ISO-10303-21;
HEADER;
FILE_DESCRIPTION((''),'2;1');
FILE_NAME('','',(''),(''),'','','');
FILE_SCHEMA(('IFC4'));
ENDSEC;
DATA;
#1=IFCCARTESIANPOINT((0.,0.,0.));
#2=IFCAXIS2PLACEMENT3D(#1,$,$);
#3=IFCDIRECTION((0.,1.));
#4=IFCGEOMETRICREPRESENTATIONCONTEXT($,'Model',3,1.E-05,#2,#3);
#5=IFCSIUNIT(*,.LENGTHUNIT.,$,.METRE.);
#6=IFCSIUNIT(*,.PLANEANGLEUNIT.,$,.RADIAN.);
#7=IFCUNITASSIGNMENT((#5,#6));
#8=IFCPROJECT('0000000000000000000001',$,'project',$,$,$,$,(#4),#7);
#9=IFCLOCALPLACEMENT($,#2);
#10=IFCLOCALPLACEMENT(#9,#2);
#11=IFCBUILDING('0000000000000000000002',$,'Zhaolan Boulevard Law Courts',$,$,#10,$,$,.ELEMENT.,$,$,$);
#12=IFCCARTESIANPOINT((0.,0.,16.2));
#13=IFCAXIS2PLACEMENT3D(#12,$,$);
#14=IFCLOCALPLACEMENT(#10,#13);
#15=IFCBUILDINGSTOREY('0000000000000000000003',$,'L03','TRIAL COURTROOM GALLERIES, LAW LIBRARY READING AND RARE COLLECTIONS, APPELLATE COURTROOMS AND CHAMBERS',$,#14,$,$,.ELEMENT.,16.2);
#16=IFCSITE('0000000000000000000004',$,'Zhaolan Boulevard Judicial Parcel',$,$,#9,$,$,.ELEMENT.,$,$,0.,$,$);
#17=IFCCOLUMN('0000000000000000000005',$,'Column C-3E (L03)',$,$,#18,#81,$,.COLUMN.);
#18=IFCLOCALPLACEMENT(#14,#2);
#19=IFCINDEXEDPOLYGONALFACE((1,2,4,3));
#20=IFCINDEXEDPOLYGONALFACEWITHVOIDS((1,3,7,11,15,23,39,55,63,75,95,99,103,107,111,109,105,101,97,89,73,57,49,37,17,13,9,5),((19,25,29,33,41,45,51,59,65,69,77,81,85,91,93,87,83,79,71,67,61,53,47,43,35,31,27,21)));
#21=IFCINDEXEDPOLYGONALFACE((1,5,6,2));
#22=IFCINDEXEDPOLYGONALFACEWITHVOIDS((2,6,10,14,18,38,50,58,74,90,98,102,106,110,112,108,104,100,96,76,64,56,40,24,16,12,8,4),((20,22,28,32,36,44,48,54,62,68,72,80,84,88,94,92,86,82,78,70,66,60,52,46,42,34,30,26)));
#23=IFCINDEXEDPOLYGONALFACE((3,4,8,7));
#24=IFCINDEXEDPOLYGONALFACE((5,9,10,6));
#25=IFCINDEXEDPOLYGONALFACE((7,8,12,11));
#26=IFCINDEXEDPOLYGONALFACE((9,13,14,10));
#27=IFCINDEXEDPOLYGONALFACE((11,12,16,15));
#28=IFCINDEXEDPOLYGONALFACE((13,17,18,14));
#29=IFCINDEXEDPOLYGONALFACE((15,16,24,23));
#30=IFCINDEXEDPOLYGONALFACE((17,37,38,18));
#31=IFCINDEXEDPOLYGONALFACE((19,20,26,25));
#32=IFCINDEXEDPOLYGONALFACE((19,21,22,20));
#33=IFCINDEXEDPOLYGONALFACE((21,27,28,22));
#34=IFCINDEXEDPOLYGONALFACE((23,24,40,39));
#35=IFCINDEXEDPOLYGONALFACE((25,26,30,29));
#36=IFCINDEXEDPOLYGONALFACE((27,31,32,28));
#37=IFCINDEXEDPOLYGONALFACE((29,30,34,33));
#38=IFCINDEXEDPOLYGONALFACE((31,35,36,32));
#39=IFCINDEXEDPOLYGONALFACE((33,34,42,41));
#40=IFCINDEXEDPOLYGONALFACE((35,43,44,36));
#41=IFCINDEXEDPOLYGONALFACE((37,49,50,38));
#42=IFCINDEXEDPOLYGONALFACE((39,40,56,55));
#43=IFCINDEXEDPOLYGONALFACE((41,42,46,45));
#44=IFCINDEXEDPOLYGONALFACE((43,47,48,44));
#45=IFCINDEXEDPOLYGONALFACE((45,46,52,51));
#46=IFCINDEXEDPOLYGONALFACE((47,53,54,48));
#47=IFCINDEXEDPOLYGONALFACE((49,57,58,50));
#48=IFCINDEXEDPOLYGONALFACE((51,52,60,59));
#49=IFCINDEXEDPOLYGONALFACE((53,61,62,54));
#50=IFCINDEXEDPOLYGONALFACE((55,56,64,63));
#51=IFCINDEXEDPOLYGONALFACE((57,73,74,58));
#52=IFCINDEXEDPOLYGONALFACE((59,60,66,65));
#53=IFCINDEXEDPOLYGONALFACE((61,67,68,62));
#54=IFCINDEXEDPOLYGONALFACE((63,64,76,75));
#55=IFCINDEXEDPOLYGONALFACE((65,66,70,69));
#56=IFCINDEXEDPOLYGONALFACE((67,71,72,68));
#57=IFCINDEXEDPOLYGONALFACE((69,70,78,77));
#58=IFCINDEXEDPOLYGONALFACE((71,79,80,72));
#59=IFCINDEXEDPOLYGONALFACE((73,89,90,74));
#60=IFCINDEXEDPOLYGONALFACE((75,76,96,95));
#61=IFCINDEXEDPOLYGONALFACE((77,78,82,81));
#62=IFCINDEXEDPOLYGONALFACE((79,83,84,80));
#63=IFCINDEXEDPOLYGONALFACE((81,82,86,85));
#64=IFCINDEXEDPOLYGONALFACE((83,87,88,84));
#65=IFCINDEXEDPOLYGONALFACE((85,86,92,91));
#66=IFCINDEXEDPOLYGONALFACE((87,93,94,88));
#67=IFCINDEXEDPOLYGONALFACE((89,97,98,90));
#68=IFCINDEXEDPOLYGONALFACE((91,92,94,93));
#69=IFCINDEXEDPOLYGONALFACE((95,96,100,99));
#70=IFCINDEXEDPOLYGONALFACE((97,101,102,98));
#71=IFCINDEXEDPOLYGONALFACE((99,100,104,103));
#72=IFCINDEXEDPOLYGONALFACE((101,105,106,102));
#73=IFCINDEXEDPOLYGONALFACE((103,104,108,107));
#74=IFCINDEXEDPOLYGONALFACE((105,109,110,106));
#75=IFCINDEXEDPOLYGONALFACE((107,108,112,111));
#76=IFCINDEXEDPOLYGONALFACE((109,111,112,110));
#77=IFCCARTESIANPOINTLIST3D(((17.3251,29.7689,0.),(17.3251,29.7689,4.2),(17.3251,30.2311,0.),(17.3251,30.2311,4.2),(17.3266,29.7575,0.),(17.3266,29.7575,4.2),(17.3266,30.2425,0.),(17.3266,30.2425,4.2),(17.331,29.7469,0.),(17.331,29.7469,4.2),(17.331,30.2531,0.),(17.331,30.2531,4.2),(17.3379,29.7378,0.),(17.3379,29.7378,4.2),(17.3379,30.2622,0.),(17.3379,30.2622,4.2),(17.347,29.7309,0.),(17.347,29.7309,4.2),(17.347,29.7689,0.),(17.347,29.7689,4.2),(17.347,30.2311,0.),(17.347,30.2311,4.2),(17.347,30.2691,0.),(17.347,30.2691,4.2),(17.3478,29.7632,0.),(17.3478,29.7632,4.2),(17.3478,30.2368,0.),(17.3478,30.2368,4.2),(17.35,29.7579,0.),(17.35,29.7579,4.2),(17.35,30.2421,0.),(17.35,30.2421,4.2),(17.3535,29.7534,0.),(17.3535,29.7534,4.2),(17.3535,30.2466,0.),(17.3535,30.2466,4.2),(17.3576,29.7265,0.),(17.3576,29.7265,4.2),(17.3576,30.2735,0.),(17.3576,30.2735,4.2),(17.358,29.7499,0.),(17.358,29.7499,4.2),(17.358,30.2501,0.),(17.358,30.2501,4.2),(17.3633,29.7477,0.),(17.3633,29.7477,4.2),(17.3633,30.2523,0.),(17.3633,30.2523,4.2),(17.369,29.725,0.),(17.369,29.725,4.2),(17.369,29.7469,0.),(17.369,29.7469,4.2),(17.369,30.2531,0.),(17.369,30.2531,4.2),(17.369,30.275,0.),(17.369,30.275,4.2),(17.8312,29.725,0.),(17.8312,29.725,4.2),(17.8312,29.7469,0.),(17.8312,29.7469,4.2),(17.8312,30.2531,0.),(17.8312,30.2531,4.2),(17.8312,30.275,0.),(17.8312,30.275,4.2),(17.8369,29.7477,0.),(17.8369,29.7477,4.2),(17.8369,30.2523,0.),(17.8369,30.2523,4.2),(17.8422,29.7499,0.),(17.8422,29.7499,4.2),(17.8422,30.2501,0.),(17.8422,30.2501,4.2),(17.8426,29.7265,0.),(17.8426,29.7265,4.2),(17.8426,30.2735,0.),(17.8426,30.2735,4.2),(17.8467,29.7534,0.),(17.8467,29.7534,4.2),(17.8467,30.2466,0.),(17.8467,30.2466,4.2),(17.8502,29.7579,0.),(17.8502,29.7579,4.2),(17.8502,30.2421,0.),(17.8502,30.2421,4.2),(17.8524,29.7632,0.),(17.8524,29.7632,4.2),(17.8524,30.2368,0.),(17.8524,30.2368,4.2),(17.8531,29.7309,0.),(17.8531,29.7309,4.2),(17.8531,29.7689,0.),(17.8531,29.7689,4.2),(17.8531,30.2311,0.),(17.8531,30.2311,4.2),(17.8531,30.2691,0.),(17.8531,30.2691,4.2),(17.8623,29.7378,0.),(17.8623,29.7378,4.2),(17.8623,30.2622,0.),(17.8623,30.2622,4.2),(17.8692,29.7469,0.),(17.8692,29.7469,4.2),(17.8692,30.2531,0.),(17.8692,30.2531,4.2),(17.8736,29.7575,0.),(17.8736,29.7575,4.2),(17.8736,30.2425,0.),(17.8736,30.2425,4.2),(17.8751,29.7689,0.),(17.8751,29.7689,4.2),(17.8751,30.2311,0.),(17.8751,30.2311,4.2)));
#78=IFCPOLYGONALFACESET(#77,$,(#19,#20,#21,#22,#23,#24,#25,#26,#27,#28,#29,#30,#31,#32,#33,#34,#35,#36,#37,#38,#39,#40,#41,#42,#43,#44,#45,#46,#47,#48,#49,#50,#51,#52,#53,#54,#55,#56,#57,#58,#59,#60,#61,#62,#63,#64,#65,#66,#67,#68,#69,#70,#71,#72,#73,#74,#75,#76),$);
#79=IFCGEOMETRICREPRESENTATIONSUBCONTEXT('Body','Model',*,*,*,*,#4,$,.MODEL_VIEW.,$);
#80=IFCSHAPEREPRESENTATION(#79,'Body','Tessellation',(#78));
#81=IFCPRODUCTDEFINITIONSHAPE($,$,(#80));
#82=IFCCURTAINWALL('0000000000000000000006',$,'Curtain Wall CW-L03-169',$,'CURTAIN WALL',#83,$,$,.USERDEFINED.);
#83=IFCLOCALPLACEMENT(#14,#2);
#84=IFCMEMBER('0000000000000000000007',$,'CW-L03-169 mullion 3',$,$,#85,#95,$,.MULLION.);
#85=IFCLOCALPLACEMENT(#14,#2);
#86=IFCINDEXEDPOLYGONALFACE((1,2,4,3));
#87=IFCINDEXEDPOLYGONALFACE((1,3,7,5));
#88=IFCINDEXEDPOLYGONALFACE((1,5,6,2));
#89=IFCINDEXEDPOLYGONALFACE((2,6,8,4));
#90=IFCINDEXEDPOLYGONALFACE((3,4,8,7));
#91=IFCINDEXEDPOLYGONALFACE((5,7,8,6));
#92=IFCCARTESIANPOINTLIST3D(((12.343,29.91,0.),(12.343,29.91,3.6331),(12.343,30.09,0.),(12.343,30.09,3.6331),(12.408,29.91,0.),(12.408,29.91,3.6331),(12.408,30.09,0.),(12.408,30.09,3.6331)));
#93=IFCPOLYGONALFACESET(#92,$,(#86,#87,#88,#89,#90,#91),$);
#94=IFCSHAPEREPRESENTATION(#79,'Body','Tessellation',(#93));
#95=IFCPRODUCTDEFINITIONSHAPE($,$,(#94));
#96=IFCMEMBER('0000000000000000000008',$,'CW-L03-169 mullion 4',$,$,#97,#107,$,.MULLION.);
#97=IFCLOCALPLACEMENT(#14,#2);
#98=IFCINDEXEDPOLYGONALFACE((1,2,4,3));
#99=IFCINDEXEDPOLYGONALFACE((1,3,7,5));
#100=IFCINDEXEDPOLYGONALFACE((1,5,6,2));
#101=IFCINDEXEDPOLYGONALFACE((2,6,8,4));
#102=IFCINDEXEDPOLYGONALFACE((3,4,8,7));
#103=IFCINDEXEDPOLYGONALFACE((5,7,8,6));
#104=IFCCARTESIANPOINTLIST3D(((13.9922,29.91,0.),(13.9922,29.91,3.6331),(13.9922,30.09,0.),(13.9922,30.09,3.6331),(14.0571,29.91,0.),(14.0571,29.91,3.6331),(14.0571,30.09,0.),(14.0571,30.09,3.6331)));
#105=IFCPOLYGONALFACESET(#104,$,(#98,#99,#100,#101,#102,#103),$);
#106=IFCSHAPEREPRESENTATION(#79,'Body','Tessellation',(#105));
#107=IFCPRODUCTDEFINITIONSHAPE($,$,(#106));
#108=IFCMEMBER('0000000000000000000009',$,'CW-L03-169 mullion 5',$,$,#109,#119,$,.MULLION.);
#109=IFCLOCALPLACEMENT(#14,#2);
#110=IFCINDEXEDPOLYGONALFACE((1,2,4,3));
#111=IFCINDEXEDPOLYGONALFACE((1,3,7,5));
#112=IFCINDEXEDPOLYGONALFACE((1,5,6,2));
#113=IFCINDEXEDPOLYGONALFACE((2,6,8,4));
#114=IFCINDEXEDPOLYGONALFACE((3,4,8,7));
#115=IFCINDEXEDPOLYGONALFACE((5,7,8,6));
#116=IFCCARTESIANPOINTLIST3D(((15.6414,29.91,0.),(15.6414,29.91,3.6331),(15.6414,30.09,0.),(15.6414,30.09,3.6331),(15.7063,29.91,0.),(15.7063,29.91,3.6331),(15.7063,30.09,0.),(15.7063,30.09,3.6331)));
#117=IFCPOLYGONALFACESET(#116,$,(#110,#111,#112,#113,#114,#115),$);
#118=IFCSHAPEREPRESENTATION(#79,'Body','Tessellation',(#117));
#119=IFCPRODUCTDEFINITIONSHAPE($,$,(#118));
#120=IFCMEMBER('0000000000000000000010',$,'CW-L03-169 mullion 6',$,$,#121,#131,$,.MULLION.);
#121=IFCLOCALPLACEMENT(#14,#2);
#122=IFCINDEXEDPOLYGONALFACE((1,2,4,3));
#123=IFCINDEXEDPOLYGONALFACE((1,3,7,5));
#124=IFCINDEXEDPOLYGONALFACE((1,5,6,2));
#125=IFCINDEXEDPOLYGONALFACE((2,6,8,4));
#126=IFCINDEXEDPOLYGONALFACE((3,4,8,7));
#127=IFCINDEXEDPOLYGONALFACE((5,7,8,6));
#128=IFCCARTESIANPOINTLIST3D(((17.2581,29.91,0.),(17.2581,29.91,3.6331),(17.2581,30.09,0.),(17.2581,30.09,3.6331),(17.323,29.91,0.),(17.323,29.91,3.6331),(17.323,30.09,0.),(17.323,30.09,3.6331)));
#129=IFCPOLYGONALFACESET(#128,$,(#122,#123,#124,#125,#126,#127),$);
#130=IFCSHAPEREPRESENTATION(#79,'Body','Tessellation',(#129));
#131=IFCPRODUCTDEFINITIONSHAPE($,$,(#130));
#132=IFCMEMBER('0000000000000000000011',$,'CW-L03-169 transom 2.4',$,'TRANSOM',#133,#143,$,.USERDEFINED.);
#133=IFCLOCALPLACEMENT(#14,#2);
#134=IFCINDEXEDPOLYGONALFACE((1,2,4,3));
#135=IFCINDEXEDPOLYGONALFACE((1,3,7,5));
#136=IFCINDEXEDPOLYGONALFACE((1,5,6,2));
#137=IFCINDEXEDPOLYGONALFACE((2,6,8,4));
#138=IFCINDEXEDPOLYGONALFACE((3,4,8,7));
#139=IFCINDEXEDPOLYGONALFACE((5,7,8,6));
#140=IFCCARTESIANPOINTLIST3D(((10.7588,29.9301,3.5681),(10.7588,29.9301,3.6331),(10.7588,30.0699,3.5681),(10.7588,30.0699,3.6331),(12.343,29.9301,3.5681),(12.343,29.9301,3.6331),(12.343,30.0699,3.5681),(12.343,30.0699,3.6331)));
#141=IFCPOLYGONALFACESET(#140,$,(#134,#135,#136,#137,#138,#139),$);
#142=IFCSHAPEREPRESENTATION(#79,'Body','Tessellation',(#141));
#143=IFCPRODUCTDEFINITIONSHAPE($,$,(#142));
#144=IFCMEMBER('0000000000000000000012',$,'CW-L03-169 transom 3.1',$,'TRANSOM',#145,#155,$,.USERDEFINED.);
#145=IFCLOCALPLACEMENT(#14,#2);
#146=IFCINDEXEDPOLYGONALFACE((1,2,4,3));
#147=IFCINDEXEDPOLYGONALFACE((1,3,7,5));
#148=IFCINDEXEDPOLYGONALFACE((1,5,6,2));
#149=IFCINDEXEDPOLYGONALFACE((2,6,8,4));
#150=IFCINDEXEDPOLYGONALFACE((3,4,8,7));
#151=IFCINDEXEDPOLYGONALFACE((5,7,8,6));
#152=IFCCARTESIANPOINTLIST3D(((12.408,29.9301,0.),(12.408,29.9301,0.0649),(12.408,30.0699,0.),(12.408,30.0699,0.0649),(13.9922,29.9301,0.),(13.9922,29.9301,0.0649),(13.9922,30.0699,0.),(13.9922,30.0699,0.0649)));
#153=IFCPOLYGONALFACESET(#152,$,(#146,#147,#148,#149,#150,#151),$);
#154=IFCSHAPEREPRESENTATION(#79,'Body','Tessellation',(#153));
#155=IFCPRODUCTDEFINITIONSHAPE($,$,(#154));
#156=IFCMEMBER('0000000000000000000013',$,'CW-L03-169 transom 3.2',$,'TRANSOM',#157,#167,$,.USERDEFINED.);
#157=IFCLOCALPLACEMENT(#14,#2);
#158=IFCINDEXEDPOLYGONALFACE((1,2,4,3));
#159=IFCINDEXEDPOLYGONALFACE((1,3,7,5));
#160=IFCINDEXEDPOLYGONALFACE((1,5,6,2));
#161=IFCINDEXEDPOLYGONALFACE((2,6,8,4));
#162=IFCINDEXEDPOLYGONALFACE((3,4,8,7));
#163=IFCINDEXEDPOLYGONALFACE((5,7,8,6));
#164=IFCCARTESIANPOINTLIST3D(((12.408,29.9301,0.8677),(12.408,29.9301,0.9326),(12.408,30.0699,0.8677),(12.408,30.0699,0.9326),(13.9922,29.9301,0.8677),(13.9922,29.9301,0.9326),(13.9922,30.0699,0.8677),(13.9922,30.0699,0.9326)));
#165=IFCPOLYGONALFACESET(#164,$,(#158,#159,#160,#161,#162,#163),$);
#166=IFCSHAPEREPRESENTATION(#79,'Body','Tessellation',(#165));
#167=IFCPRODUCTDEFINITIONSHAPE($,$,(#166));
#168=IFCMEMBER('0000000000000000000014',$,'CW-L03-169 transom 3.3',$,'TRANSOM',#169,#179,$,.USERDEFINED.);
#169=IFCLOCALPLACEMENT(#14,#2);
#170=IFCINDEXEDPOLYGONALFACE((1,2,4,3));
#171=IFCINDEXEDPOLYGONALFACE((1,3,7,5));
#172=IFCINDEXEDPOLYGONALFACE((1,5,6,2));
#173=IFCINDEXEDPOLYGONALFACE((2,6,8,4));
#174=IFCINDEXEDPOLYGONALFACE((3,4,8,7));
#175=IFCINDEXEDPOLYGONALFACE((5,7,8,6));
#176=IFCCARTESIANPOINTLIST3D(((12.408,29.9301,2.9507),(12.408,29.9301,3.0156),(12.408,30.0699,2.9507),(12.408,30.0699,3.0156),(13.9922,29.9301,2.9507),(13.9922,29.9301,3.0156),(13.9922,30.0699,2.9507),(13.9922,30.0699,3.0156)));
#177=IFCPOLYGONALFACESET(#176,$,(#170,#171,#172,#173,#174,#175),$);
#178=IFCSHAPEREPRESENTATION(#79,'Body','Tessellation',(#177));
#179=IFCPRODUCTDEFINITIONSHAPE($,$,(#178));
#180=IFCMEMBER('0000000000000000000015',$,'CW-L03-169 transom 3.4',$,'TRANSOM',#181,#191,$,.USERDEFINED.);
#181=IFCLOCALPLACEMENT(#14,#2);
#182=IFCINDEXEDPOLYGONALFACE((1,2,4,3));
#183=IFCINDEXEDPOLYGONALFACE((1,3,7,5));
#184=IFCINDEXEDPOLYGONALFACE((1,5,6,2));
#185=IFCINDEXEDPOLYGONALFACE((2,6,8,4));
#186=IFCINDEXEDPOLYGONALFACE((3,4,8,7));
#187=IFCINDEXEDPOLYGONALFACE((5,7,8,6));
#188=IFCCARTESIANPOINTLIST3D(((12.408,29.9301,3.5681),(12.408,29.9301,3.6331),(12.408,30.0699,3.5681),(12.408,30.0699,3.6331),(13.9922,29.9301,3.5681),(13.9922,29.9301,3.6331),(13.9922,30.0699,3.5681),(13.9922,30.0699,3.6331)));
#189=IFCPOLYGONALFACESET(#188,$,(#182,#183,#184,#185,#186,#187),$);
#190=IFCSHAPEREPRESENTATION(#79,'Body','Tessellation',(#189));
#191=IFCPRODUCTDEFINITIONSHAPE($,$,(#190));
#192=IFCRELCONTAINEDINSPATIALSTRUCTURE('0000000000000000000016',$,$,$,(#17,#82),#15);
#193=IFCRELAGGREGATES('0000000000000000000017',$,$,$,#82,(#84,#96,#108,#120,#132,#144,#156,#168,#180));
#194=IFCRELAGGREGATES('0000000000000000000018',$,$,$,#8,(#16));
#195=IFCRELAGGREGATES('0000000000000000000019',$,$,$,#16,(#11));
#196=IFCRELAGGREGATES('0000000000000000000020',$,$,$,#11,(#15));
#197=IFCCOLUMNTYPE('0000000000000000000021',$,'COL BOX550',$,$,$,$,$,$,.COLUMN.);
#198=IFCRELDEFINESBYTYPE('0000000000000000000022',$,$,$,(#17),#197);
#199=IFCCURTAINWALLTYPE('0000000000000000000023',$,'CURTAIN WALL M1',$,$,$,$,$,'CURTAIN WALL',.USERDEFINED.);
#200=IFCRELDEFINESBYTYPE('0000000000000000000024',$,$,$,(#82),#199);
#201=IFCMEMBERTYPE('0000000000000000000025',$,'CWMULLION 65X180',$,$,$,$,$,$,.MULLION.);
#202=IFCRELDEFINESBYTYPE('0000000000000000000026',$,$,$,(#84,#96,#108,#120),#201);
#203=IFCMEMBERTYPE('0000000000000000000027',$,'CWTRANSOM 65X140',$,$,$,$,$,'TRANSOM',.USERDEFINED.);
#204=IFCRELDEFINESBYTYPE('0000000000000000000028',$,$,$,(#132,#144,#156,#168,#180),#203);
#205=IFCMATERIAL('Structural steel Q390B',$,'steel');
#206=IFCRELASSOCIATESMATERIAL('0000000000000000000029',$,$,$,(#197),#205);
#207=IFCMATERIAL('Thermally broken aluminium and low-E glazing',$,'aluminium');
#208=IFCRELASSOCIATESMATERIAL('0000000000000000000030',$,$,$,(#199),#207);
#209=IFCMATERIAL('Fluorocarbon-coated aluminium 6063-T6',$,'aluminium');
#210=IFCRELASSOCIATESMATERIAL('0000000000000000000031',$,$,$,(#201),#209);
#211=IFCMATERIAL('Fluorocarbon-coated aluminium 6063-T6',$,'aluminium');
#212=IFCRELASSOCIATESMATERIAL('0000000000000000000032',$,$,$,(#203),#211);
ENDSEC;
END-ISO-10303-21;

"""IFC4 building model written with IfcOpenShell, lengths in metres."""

from ifc_helpers import new_model, si_unit, direction, frame, origin, origin_2d, place, context, subcontext, project, spatial, rectangle, hollow_rectangle, extrude, material, material_profile, profile_set, type_object, element, aggregate, save


model = new_model("IFC4")

# Units and contexts
model_context = context("Model", 3, precision=1e-05, world=origin(), true_north=direction((0.0, 1.0)))
body_context = subcontext(model_context, "Body", "Model", "MODEL_VIEW")
ifc_project = project(units=[si_unit("LENGTHUNIT", "METRE"), si_unit("PLANEANGLEUNIT", "RADIAN")], contexts=[model_context])

# Site, building, storey
site_placement = place(None, origin())
site = spatial("IfcSite", under=ifc_project, at=site_placement, Name="Zhaolan Boulevard Judicial Parcel", CompositionType="ELEMENT", RefElevation=0.0)
building_placement = place(site_placement, origin())
building = spatial("IfcBuilding", under=site, at=building_placement, Name="Zhaolan Boulevard Law Courts", CompositionType="ELEMENT")
storey_placement = place(building_placement, frame((0.0, 0.0, 16.2)))
storey = spatial("IfcBuildingStorey", under=building, at=storey_placement, Name="L03", Description="TRIAL COURTROOM GALLERIES, LAW LIBRARY READING AND RARE COLLECTIONS, APPELLATE COURTROOMS AND CHAMBERS", CompositionType="ELEMENT", Elevation=16.2)

# Column
ifc_material_1 = material(Name="Structural steel Q390B", Category="steel")
ifc_material_profile_1 = material_profile(ifc_material_1, hollow_rectangle(XDim=0.55, YDim=0.55, WallThickness=0.022, InnerFilletRadius=0.022, OuterFilletRadius=0.0439, at=origin_2d()), Name="BOX550x550x22")
ifc_profile_set_1 = profile_set([ifc_material_profile_1], Name="Structural steel Q390B")
column_type = type_object("IfcColumnType", Name="COL BOX550", PredefinedType="COLUMN", material=ifc_profile_set_1)
column_placement = place(storey_placement, frame((17.6001, 30.0, 0.0), z_axis=(0.0, 0.0, 1.0), x_axis=(1.0, 0.0, 0.0)))
element("IfcColumn", 1, at=column_placement, inside=storey, type_object=column_type, Name="Column C-3E (L03)", PredefinedType="COLUMN", context=body_context, shape_type="SweptSolid", body=[
    extrude(hollow_rectangle(XDim=0.55, YDim=0.55, WallThickness=0.022, InnerFilletRadius=0.022, OuterFilletRadius=0.0439, at=origin_2d()), origin(), (0.0, 0.0, 1.0), 4.2),
])

# Curtain wall, members
ifc_material_2 = material(Name="Thermally broken aluminium and low-E glazing", Category="aluminium")
curtain_wall_type = type_object("IfcCurtainWallType", Name="CURTAIN WALL M1", ElementType="CURTAIN WALL", PredefinedType="USERDEFINED", material=ifc_material_2)
curtain_wall_placement = place(storey_placement, origin())
curtain_wall = element("IfcCurtainWall", 2, at=curtain_wall_placement, inside=storey, type_object=curtain_wall_type, Name="Curtain Wall CW-L03-169", ObjectType="CURTAIN WALL", PredefinedType="USERDEFINED")
ifc_material_3 = material(Name="Fluorocarbon-coated aluminium 6063-T6", Category="aluminium")
ifc_material_profile_2 = material_profile(ifc_material_3, rectangle(XDim=0.1799, YDim=0.0649, at=origin_2d()), Name="AL65x180")
ifc_profile_set_2 = profile_set([ifc_material_profile_2], Name="Fluorocarbon-coated aluminium 6063-T6")
member_type_1 = type_object("IfcMemberType", Name="CWMULLION 65X180", PredefinedType="MULLION", material=ifc_profile_set_2)
member_1_placement = place(storey_placement, frame((12.3755, 30.0, 0.0), z_axis=(0.0, 0.0, 1.0), x_axis=(0.0, 1.0, 0.0)))
member_1 = element("IfcMember", 3, at=member_1_placement, type_object=member_type_1, Name="CW-L03-169 mullion 3", PredefinedType="MULLION", context=body_context, shape_type="SweptSolid", body=[
    extrude(rectangle(XDim=0.1799, YDim=0.0649, at=origin_2d()), origin(), (0.0, 0.0, 1.0), 3.6331),
])
member_2_placement = place(storey_placement, frame((14.0247, 30.0, 0.0), z_axis=(0.0, 0.0, 1.0), x_axis=(0.0, 1.0, 0.0)))
member_2 = element("IfcMember", 4, at=member_2_placement, type_object=member_type_1, Name="CW-L03-169 mullion 4", PredefinedType="MULLION", context=body_context, shape_type="SweptSolid", body=[
    extrude(rectangle(XDim=0.1799, YDim=0.0649, at=origin_2d()), origin(), (0.0, 0.0, 1.0), 3.6331),
])
member_3_placement = place(storey_placement, frame((15.6738, 30.0, 0.0), z_axis=(0.0, 0.0, 1.0), x_axis=(0.0, 1.0, 0.0)))
member_3 = element("IfcMember", 5, at=member_3_placement, type_object=member_type_1, Name="CW-L03-169 mullion 5", PredefinedType="MULLION", context=body_context, shape_type="SweptSolid", body=[
    extrude(rectangle(XDim=0.1799, YDim=0.0649, at=origin_2d()), origin(), (0.0, 0.0, 1.0), 3.6331),
])
member_4_placement = place(storey_placement, frame((17.2905, 30.0, 0.0), z_axis=(0.0, 0.0, 1.0), x_axis=(0.0, 1.0, 0.0)))
member_4 = element("IfcMember", 6, at=member_4_placement, type_object=member_type_1, Name="CW-L03-169 mullion 6", PredefinedType="MULLION", context=body_context, shape_type="SweptSolid", body=[
    extrude(rectangle(XDim=0.1799, YDim=0.0649, at=origin_2d()), origin(), (0.0, 0.0, 1.0), 3.6331),
])
ifc_material_4 = material(Name="Fluorocarbon-coated aluminium 6063-T6", Category="aluminium")
ifc_material_profile_3 = material_profile(ifc_material_4, rectangle(XDim=0.1399, YDim=0.0649, at=origin_2d()), Name="AL65x140")
ifc_profile_set_3 = profile_set([ifc_material_profile_3], Name="Fluorocarbon-coated aluminium 6063-T6")
member_type_2 = type_object("IfcMemberType", Name="CWTRANSOM 65X140", ElementType="TRANSOM", PredefinedType="USERDEFINED", material=ifc_profile_set_3)
member_5_placement = place(storey_placement, frame((10.7588, 30.0, 3.6006), z_axis=(1.0, 0.0, 0.0), x_axis=(0.0, 1.0, 0.0)))
member_5 = element("IfcMember", 7, at=member_5_placement, type_object=member_type_2, Name="CW-L03-169 transom 2.4", ObjectType="TRANSOM", PredefinedType="USERDEFINED", context=body_context, shape_type="SweptSolid", body=[
    extrude(rectangle(XDim=0.1399, YDim=0.0649, at=origin_2d()), origin(), (0.0, 0.0, 1.0), 1.5842),
])
member_6_placement = place(storey_placement, frame((12.408, 30.0, 0.0325), z_axis=(1.0, 0.0, 0.0), x_axis=(0.0, 1.0, 0.0)))
member_6 = element("IfcMember", 8, at=member_6_placement, type_object=member_type_2, Name="CW-L03-169 transom 3.1", ObjectType="TRANSOM", PredefinedType="USERDEFINED", context=body_context, shape_type="SweptSolid", body=[
    extrude(rectangle(XDim=0.1399, YDim=0.0649, at=origin_2d()), origin(), (0.0, 0.0, 1.0), 1.5842),
])
member_7_placement = place(storey_placement, frame((12.408, 30.0, 0.9001), z_axis=(1.0, 0.0, 0.0), x_axis=(0.0, 1.0, 0.0)))
member_7 = element("IfcMember", 9, at=member_7_placement, type_object=member_type_2, Name="CW-L03-169 transom 3.2", ObjectType="TRANSOM", PredefinedType="USERDEFINED", context=body_context, shape_type="SweptSolid", body=[
    extrude(rectangle(XDim=0.1399, YDim=0.0649, at=origin_2d()), origin(), (0.0, 0.0, 1.0), 1.5842),
])
member_8_placement = place(storey_placement, frame((12.408, 30.0, 2.9832), z_axis=(1.0, 0.0, 0.0), x_axis=(0.0, 1.0, 0.0)))
member_8 = element("IfcMember", 10, at=member_8_placement, type_object=member_type_2, Name="CW-L03-169 transom 3.3", ObjectType="TRANSOM", PredefinedType="USERDEFINED", context=body_context, shape_type="SweptSolid", body=[
    extrude(rectangle(XDim=0.1399, YDim=0.0649, at=origin_2d()), origin(), (0.0, 0.0, 1.0), 1.5842),
])
member_9_placement = place(storey_placement, frame((12.408, 30.0, 3.6006), z_axis=(1.0, 0.0, 0.0), x_axis=(0.0, 1.0, 0.0)))
member_9 = element("IfcMember", 11, at=member_9_placement, type_object=member_type_2, Name="CW-L03-169 transom 3.4", ObjectType="TRANSOM", PredefinedType="USERDEFINED", context=body_context, shape_type="SweptSolid", body=[
    extrude(rectangle(XDim=0.1399, YDim=0.0649, at=origin_2d()), origin(), (0.0, 0.0, 1.0), 1.5842),
])
aggregate(curtain_wall, [member_1, member_2, member_3, member_4, member_5, member_6, member_7, member_8, member_9])

save(model, "model.ifc")
